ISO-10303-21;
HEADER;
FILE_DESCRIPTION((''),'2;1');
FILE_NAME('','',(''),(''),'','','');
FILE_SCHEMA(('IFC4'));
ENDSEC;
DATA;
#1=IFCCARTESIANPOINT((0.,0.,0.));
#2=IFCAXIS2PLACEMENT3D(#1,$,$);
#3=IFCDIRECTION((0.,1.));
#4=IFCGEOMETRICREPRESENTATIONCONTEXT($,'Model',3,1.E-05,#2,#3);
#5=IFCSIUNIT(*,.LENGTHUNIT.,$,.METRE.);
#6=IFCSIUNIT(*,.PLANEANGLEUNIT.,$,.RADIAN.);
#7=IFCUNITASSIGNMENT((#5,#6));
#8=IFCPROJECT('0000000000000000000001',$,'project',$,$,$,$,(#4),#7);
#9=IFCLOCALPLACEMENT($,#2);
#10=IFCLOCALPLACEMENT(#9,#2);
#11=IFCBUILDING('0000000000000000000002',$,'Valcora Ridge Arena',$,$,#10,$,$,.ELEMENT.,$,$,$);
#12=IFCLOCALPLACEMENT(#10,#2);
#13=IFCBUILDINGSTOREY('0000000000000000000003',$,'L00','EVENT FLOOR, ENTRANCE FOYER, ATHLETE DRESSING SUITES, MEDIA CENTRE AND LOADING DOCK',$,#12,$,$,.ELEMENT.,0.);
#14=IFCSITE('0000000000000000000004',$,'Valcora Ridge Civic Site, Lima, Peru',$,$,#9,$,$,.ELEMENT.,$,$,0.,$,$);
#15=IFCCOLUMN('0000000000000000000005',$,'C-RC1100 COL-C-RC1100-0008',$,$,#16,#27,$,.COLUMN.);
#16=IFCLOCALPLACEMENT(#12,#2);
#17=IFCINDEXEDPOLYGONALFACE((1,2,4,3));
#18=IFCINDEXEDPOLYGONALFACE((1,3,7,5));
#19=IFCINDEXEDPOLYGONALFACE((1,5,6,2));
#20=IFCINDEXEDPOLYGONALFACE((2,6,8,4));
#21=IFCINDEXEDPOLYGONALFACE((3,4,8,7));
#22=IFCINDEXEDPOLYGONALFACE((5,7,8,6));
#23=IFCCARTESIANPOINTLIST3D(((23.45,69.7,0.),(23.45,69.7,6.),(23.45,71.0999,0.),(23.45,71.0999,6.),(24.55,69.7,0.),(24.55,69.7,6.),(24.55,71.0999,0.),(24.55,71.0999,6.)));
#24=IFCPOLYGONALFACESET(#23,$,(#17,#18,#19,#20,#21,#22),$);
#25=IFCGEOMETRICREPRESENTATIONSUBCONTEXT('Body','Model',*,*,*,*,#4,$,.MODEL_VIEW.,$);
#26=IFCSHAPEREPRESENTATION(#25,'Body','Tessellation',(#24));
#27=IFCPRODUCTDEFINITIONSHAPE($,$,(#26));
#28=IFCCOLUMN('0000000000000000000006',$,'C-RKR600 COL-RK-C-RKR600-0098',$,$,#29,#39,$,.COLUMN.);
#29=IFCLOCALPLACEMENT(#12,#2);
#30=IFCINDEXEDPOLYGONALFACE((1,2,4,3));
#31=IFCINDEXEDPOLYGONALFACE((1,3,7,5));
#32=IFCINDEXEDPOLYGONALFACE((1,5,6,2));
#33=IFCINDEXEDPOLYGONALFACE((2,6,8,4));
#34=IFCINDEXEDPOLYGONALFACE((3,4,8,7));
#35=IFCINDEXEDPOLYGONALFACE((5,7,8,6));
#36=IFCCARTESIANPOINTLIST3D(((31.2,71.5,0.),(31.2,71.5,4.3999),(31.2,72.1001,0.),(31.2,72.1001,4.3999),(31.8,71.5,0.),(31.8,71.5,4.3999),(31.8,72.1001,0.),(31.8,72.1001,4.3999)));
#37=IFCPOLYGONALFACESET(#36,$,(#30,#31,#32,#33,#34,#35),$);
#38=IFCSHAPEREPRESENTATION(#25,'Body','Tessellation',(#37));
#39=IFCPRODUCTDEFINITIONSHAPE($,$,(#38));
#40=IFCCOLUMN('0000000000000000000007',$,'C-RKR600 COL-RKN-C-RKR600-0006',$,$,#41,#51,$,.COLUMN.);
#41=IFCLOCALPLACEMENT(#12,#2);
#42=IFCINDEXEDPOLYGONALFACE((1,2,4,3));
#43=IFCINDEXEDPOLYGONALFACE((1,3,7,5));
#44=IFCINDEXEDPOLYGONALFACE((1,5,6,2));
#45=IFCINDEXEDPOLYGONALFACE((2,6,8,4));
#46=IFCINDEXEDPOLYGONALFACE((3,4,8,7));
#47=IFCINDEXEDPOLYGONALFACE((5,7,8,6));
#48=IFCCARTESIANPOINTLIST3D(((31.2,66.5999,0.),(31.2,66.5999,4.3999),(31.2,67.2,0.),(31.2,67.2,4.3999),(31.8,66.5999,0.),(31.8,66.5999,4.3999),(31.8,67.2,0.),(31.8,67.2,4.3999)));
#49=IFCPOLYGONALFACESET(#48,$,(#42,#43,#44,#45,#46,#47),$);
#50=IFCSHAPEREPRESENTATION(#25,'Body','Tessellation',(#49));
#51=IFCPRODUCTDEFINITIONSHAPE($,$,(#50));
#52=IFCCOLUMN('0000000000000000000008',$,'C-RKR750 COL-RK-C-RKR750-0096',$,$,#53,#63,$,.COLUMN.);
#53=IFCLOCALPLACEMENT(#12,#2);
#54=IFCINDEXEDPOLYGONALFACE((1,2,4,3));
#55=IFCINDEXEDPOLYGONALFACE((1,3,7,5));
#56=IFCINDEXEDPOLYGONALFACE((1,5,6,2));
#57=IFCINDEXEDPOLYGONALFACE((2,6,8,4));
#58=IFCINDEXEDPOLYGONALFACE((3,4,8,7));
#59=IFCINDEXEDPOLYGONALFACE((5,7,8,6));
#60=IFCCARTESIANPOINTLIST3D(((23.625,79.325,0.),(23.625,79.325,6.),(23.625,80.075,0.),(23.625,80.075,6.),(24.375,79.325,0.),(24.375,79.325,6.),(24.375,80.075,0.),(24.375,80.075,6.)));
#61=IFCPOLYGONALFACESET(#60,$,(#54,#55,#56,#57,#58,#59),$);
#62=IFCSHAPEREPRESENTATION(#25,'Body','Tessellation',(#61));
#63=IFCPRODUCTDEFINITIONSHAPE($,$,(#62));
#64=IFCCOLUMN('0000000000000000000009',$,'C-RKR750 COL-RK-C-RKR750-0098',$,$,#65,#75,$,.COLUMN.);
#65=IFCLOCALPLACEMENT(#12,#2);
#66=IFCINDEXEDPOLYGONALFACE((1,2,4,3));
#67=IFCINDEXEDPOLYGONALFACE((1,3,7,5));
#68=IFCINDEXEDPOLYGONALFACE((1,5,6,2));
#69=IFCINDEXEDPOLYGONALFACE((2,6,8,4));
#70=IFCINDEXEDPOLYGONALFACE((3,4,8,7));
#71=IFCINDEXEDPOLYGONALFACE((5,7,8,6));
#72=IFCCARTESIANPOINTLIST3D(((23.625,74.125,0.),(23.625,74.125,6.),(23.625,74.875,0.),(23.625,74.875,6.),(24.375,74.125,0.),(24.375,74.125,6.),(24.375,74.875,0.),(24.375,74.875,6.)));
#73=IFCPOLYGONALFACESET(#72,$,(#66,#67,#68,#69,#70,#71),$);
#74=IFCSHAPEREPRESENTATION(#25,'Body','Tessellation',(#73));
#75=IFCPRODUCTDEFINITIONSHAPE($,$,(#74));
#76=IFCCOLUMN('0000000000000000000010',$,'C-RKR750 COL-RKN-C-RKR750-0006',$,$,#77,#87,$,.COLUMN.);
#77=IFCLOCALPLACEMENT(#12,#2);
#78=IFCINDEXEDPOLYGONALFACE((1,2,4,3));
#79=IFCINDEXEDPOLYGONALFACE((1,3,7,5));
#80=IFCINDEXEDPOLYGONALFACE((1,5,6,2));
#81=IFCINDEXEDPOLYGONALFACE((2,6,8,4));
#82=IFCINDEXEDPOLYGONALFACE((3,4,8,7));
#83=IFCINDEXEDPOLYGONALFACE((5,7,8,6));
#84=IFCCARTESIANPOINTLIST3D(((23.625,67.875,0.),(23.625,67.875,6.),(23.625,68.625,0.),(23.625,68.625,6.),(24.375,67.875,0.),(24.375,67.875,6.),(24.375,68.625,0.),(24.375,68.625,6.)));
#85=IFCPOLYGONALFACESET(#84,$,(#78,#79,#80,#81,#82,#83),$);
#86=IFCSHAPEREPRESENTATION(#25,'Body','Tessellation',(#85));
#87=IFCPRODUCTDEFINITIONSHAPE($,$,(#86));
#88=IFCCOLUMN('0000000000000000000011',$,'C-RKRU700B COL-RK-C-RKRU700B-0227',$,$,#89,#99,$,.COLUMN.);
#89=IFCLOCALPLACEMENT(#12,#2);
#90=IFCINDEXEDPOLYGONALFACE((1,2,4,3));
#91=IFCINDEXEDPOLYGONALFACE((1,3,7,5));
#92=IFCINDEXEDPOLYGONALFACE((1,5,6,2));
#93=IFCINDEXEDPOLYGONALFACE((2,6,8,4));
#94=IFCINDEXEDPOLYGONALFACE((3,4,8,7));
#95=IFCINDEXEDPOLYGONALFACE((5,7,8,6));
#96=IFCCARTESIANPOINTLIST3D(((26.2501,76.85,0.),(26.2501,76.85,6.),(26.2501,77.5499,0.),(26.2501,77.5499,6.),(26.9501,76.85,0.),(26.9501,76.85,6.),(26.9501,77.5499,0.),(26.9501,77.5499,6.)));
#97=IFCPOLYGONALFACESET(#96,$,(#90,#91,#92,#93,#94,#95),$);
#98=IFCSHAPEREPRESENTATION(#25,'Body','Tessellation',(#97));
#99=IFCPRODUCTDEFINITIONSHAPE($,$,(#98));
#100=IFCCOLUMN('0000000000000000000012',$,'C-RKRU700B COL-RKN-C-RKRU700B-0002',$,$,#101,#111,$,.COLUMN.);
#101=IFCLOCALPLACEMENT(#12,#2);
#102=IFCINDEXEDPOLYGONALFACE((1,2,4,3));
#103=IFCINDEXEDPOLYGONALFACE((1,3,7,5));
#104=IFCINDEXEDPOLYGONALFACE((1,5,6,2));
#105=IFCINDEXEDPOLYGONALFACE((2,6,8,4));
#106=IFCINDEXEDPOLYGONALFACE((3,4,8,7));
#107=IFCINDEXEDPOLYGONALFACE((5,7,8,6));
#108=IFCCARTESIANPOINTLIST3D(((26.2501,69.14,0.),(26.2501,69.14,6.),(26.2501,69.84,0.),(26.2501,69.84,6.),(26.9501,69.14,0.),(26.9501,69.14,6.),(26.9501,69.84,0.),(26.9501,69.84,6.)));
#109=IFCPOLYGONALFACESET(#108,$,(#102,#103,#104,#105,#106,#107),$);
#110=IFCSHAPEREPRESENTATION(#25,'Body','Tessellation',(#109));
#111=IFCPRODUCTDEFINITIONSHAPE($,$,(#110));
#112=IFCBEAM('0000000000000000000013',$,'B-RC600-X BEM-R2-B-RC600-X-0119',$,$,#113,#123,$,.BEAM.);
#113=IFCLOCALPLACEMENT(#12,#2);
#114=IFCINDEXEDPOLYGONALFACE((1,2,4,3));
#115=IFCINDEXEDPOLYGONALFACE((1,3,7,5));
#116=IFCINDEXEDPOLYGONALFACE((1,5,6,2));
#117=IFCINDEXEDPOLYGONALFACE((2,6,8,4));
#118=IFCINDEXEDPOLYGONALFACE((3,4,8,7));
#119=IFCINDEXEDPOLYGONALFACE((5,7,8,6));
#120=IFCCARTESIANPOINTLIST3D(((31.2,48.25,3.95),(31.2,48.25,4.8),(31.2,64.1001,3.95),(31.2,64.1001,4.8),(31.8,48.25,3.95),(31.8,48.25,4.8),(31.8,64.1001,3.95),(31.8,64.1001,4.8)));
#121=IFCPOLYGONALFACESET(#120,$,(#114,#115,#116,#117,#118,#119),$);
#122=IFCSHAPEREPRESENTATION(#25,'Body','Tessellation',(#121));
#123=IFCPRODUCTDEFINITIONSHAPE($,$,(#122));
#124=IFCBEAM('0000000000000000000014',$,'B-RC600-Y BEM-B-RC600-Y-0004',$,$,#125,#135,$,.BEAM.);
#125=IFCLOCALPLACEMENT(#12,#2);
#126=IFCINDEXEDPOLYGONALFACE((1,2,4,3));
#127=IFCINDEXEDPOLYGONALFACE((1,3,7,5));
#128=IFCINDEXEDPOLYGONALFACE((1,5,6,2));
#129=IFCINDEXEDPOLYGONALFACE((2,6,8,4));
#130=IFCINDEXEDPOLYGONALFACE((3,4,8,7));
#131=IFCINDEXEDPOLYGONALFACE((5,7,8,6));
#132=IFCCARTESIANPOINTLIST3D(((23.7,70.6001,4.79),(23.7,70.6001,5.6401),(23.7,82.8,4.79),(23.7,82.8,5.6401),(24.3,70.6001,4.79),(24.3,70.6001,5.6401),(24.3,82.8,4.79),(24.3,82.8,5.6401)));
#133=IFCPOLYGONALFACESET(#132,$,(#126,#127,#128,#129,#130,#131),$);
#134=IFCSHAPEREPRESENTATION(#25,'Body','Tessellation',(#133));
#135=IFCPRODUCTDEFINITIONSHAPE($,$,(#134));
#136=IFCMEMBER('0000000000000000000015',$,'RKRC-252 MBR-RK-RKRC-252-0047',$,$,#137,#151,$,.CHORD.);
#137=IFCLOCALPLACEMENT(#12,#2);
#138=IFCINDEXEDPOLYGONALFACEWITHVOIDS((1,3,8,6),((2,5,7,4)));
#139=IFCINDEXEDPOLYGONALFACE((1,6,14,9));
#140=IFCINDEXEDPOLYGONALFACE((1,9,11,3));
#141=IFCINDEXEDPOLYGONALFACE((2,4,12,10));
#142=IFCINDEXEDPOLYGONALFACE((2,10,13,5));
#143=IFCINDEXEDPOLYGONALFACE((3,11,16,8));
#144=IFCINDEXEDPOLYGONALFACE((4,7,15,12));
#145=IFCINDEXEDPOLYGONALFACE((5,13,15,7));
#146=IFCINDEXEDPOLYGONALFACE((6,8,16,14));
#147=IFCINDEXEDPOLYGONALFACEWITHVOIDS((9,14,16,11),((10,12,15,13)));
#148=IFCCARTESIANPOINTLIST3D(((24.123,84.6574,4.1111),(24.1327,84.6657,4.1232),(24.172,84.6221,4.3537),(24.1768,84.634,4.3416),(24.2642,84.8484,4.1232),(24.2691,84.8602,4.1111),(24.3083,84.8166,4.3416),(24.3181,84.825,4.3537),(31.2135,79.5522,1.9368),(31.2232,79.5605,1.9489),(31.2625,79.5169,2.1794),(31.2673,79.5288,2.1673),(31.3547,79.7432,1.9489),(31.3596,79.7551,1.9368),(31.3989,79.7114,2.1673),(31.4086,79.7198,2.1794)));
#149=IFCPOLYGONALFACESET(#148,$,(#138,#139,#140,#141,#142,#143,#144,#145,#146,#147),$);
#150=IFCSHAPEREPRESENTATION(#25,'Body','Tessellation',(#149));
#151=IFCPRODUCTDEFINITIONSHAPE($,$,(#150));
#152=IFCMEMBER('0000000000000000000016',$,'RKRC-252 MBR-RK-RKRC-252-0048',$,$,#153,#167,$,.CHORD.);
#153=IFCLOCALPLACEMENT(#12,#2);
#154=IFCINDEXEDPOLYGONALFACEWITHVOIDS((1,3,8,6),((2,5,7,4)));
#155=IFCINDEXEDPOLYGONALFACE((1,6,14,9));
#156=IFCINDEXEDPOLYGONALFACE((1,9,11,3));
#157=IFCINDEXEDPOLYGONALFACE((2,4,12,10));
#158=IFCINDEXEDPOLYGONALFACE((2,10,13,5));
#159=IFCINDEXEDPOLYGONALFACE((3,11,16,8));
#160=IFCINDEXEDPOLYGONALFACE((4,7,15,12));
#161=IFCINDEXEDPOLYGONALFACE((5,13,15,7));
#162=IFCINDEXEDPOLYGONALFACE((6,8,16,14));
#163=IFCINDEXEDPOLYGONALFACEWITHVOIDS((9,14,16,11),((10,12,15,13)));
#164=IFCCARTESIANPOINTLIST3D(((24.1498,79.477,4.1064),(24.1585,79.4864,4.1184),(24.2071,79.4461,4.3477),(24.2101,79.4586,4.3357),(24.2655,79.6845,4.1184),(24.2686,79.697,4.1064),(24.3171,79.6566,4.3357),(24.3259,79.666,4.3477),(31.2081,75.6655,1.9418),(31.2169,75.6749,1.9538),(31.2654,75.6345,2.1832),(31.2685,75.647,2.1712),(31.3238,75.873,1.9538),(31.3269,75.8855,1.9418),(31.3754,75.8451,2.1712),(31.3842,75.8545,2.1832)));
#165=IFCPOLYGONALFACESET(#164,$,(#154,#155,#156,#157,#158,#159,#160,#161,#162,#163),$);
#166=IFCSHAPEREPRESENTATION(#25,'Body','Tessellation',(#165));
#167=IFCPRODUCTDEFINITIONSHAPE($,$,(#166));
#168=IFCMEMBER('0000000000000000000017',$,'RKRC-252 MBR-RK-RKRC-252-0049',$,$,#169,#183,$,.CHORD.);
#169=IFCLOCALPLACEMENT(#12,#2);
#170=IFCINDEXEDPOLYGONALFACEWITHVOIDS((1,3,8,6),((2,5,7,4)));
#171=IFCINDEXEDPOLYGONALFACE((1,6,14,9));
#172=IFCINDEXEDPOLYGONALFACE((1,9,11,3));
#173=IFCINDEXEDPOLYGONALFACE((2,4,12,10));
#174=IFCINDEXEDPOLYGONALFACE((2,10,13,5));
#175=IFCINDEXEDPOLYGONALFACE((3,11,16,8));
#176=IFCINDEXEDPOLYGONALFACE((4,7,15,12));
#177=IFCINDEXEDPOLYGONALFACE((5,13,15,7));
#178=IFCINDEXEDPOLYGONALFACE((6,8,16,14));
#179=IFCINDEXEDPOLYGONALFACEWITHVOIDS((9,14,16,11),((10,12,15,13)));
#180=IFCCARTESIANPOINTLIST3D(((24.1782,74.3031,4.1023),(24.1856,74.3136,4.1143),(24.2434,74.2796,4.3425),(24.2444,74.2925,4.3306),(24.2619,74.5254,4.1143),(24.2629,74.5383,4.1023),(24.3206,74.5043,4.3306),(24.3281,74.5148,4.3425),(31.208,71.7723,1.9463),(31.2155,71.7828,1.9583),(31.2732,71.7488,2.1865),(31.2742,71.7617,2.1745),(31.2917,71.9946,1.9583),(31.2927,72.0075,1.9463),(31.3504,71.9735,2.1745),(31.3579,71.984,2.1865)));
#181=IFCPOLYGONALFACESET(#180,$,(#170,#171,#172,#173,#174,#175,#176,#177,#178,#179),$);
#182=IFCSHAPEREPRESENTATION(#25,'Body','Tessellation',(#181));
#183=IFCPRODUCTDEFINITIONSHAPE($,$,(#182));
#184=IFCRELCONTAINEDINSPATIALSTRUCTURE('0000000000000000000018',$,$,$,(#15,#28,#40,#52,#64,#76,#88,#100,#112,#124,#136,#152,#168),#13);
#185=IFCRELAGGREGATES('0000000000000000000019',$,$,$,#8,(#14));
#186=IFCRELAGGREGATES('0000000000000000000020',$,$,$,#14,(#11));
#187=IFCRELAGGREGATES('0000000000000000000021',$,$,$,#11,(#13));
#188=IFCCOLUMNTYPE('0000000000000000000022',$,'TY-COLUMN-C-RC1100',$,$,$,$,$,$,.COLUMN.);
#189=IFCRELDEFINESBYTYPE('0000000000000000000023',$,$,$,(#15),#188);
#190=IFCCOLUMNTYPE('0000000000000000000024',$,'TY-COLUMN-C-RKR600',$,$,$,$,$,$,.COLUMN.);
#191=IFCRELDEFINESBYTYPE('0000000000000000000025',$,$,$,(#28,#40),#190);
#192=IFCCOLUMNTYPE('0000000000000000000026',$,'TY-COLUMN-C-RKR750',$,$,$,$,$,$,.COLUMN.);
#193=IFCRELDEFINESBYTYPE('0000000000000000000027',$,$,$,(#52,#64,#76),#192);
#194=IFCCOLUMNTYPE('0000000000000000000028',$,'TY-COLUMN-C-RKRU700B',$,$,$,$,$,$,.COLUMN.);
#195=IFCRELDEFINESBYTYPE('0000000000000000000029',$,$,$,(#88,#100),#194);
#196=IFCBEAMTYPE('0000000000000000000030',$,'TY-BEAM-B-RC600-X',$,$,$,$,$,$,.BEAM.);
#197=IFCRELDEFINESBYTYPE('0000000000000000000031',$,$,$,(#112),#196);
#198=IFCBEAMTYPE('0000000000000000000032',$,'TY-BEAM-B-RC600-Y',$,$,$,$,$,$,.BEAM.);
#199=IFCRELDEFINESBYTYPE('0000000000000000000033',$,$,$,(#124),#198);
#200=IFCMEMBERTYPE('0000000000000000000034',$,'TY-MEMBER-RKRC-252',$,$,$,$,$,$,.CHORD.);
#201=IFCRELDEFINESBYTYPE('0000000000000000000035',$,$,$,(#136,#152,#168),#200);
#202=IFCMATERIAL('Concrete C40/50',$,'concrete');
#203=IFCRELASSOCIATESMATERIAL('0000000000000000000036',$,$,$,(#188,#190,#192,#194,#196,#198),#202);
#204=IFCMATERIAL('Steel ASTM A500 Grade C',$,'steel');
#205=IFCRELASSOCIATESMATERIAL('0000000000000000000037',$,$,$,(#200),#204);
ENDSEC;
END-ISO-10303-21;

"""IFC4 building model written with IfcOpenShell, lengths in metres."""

from ifc_helpers import new_model, si_unit, direction, frame, origin, origin_2d, place, context, subcontext, project, spatial, rectangle, hollow_rectangle, extrude, material, material_profile, profile_set, type_object, element, save


model = new_model("IFC4")

# Units and contexts
model_context = context("Model", 3, precision=1e-05, world=origin(), true_north=direction((0.0, 1.0)))
body_context = subcontext(model_context, "Body", "Model", "MODEL_VIEW")
ifc_project = project(units=[si_unit("LENGTHUNIT", "METRE"), si_unit("PLANEANGLEUNIT", "RADIAN")], contexts=[model_context])

# Site, building, storey
site_placement = place(None, origin())
site = spatial("IfcSite", under=ifc_project, at=site_placement, Name="Valcora Ridge Civic Site, Lima, Peru", CompositionType="ELEMENT", RefElevation=0.0)
building_placement = place(site_placement, origin())
building = spatial("IfcBuilding", under=site, at=building_placement, Name="Valcora Ridge Arena", CompositionType="ELEMENT")
storey_placement = place(building_placement, origin())
storey = spatial("IfcBuildingStorey", under=building, at=storey_placement, Name="L00", Description="EVENT FLOOR, ENTRANCE FOYER, ATHLETE DRESSING SUITES, MEDIA CENTRE AND LOADING DOCK", CompositionType="ELEMENT", Elevation=0.0)

# Columns
ifc_material_1 = material(Name="Concrete C40/50", Category="concrete")
ifc_material_profile_1 = material_profile(ifc_material_1, rectangle(XDim=1.1001, YDim=1.3999, at=origin_2d()), Name="RC 1100x1400")
ifc_profile_set_1 = profile_set([ifc_material_profile_1], Name="Concrete C40/50")
column_type_1 = type_object("IfcColumnType", Name="TY-COLUMN-C-RC1100", PredefinedType="COLUMN", material=ifc_profile_set_1)
column_placement = place(storey_placement, frame((24.0, 70.3999, 0.0), z_axis=(0.0, 0.0, 1.0), x_axis=(1.0, 0.0, 0.0)))
element("IfcColumn", 1, at=column_placement, inside=storey, type_object=column_type_1, Name="C-RC1100 COL-C-RC1100-0008", PredefinedType="COLUMN", context=body_context, shape_type="SweptSolid", body=[
    extrude(rectangle(XDim=1.1001, YDim=1.3999, at=origin_2d()), origin(), (0.0, 0.0, 1.0), 6.0),
])
ifc_material_profile_2 = material_profile(ifc_material_1, rectangle(XDim=0.6001, YDim=0.6001, at=origin_2d()), Name="RC 600x600")
ifc_profile_set_2 = profile_set([ifc_material_profile_2], Name="Concrete C40/50")
column_type_2 = type_object("IfcColumnType", Name="TY-COLUMN-C-RKR600", PredefinedType="COLUMN", material=ifc_profile_set_2)
for number, where, z_axis, x_axis, name in (
    (2, (31.5, 71.8, 0.0), (0.0, 0.0, 1.0), (1.0, 0.0, 0.0), "C-RKR600 COL-RK-C-RKR600-0098"),
    (3, (31.5, 66.8999, 0.0), (0.0, 0.0, 1.0), (1.0, 0.0, 0.0), "C-RKR600 COL-RKN-C-RKR600-0006"),
):
    element("IfcColumn", number, at=place(storey_placement, frame(where, z_axis=z_axis, x_axis=x_axis)), inside=storey, type_object=column_type_2, Name=name, PredefinedType="COLUMN", context=body_context, shape_type="SweptSolid", body=[
        extrude(rectangle(XDim=0.6001, YDim=0.6001, at=origin_2d()), origin(), (0.0, 0.0, 1.0), 4.3999),
    ])
ifc_material_profile_3 = material_profile(ifc_material_1, rectangle(XDim=0.75, YDim=0.75, at=origin_2d()), Name="RC 750x750")
ifc_profile_set_3 = profile_set([ifc_material_profile_3], Name="Concrete C40/50")
column_type_3 = type_object("IfcColumnType", Name="TY-COLUMN-C-RKR750", PredefinedType="COLUMN", material=ifc_profile_set_3)
for number, where, z_axis, x_axis, name in (
    (4, (24.0, 79.7, 0.0), (0.0, 0.0, 1.0), (1.0, 0.0, 0.0), "C-RKR750 COL-RK-C-RKR750-0096"),
    (5, (24.0, 74.5, 0.0), (0.0, 0.0, 1.0), (1.0, 0.0, 0.0), "C-RKR750 COL-RK-C-RKR750-0098"),
    (6, (24.0, 68.25, 0.0), (0.0, 0.0, 1.0), (1.0, 0.0, 0.0), "C-RKR750 COL-RKN-C-RKR750-0006"),
):
    element("IfcColumn", number, at=place(storey_placement, frame(where, z_axis=z_axis, x_axis=x_axis)), inside=storey, type_object=column_type_3, Name=name, PredefinedType="COLUMN", context=body_context, shape_type="SweptSolid", body=[
        extrude(rectangle(XDim=0.75, YDim=0.75, at=origin_2d()), origin(), (0.0, 0.0, 1.0), 6.0),
    ])
ifc_material_profile_4 = material_profile(ifc_material_1, rectangle(XDim=0.7, YDim=0.7, at=origin_2d()), Name="RC 700x700")
ifc_profile_set_4 = profile_set([ifc_material_profile_4], Name="Concrete C40/50")
column_type_4 = type_object("IfcColumnType", Name="TY-COLUMN-C-RKRU700B", PredefinedType="COLUMN", material=ifc_profile_set_4)
for number, where, z_axis, x_axis, name in (
    (7, (26.6001, 77.2, 0.0), (0.0, 0.0, 1.0), (1.0, 0.0, 0.0), "C-RKRU700B COL-RK-C-RKRU700B-0227"),
    (8, (26.6001, 69.49, 0.0), (0.0, 0.0, 1.0), (1.0, 0.0, 0.0), "C-RKRU700B COL-RKN-C-RKRU700B-0002"),
):
    element("IfcColumn", number, at=place(storey_placement, frame(where, z_axis=z_axis, x_axis=x_axis)), inside=storey, type_object=column_type_4, Name=name, PredefinedType="COLUMN", context=body_context, shape_type="SweptSolid", body=[
        extrude(rectangle(XDim=0.7, YDim=0.7, at=origin_2d()), origin(), (0.0, 0.0, 1.0), 6.0),
    ])

# Beams
ifc_material_profile_5 = material_profile(ifc_material_1, rectangle(XDim=0.6001, YDim=0.8501, at=origin_2d()), Name="RC 600x850")
ifc_profile_set_5 = profile_set([ifc_material_profile_5], Name="Concrete C40/50")
beam_type_1 = type_object("IfcBeamType", Name="TY-BEAM-B-RC600-X", PredefinedType="BEAM", material=ifc_profile_set_5)
beam_1_placement = place(storey_placement, frame((31.5, 64.1001, 4.375), z_axis=(0.0, -1.0, 0.0), x_axis=(1.0, 0.0, 0.0)))
element("IfcBeam", 9, at=beam_1_placement, inside=storey, type_object=beam_type_1, Name="B-RC600-X BEM-R2-B-RC600-X-0119", PredefinedType="BEAM", context=body_context, shape_type="SweptSolid", body=[
    extrude(rectangle(XDim=0.6001, YDim=0.8501, at=origin_2d()), origin(), (0.0, 0.0, 1.0), 15.8501),
])
ifc_material_profile_6 = material_profile(ifc_material_1, rectangle(XDim=0.6001, YDim=0.8501, at=origin_2d()), Name="RC 600x850")
ifc_profile_set_6 = profile_set([ifc_material_profile_6], Name="Concrete C40/50")
beam_type_2 = type_object("IfcBeamType", Name="TY-BEAM-B-RC600-Y", PredefinedType="BEAM", material=ifc_profile_set_6)
beam_2_placement = place(storey_placement, frame((24.0, 70.6001, 5.2151), z_axis=(0.0, 1.0, 0.0), x_axis=(-1.0, 0.0, 0.0)))
element("IfcBeam", 10, at=beam_2_placement, inside=storey, type_object=beam_type_2, Name="B-RC600-Y BEM-B-RC600-Y-0004", PredefinedType="BEAM", context=body_context, shape_type="SweptSolid", body=[
    extrude(rectangle(XDim=0.6001, YDim=0.8501, at=origin_2d()), origin(), (0.0, 0.0, 1.0), 12.2),
])

# Members
ifc_material_2 = material(Name="Steel ASTM A500 Grade C", Category="steel")
ifc_material_profile_7 = material_profile(ifc_material_2, hollow_rectangle(XDim=0.25, YDim=0.25, WallThickness=0.0125, at=origin_2d()), Name="HSS250X250X12")
ifc_profile_set_7 = profile_set([ifc_material_profile_7], Name="Steel ASTM A500 Grade C")
member_type_1 = type_object("IfcMemberType", Name="TY-MEMBER-RKRC-252", PredefinedType="CHORD", material=ifc_profile_set_7)
member_1_placement = place(storey_placement, frame((31.311, 79.636, 2.0581), z_axis=(-0.787515, 0.567012, 0.24149), x_axis=(-0.584305, -0.811534, 0.0)))
element("IfcMember", 11, at=member_1_placement, inside=storey, type_object=member_type_1, Name="RKRC-252 MBR-RK-RKRC-252-0047", PredefinedType="CHORD", context=body_context, shape_type="SweptSolid", body=[
    extrude(hollow_rectangle(XDim=0.25, YDim=0.25, WallThickness=0.0125, at=origin_2d()), origin(), (0.0, 0.0, 1.0), 9.0037),
])
member_2_placement = place(storey_placement, frame((31.2961, 75.76, 2.0625), z_axis=(-0.849521, 0.458743, 0.260518), x_axis=(-0.47515, -0.879905, 0.0)))
element("IfcMember", 12, at=member_2_placement, inside=storey, type_object=member_type_1, Name="RKRC-252 MBR-RK-RKRC-252-0048", PredefinedType="CHORD", context=body_context, shape_type="SweptSolid", body=[
    extrude(hollow_rectangle(XDim=0.25, YDim=0.25, WallThickness=0.0125, at=origin_2d()), origin(), (0.0, 0.0, 1.0), 8.3086),
])
member_3_placement = place(storey_placement, frame((31.283, 71.8782, 2.0664), z_axis=(-0.904, 0.325445, 0.277253), x_axis=(-0.338724, -0.940886, 0.0)))
element("IfcMember", 13, at=member_3_placement, inside=storey, type_object=member_type_1, Name="RKRC-252 MBR-RK-RKRC-252-0049", PredefinedType="CHORD", context=body_context, shape_type="SweptSolid", body=[
    extrude(hollow_rectangle(XDim=0.25, YDim=0.25, WallThickness=0.0125, at=origin_2d()), origin(), (0.0, 0.0, 1.0), 7.7764),
])

save(model, "model.ifc")
